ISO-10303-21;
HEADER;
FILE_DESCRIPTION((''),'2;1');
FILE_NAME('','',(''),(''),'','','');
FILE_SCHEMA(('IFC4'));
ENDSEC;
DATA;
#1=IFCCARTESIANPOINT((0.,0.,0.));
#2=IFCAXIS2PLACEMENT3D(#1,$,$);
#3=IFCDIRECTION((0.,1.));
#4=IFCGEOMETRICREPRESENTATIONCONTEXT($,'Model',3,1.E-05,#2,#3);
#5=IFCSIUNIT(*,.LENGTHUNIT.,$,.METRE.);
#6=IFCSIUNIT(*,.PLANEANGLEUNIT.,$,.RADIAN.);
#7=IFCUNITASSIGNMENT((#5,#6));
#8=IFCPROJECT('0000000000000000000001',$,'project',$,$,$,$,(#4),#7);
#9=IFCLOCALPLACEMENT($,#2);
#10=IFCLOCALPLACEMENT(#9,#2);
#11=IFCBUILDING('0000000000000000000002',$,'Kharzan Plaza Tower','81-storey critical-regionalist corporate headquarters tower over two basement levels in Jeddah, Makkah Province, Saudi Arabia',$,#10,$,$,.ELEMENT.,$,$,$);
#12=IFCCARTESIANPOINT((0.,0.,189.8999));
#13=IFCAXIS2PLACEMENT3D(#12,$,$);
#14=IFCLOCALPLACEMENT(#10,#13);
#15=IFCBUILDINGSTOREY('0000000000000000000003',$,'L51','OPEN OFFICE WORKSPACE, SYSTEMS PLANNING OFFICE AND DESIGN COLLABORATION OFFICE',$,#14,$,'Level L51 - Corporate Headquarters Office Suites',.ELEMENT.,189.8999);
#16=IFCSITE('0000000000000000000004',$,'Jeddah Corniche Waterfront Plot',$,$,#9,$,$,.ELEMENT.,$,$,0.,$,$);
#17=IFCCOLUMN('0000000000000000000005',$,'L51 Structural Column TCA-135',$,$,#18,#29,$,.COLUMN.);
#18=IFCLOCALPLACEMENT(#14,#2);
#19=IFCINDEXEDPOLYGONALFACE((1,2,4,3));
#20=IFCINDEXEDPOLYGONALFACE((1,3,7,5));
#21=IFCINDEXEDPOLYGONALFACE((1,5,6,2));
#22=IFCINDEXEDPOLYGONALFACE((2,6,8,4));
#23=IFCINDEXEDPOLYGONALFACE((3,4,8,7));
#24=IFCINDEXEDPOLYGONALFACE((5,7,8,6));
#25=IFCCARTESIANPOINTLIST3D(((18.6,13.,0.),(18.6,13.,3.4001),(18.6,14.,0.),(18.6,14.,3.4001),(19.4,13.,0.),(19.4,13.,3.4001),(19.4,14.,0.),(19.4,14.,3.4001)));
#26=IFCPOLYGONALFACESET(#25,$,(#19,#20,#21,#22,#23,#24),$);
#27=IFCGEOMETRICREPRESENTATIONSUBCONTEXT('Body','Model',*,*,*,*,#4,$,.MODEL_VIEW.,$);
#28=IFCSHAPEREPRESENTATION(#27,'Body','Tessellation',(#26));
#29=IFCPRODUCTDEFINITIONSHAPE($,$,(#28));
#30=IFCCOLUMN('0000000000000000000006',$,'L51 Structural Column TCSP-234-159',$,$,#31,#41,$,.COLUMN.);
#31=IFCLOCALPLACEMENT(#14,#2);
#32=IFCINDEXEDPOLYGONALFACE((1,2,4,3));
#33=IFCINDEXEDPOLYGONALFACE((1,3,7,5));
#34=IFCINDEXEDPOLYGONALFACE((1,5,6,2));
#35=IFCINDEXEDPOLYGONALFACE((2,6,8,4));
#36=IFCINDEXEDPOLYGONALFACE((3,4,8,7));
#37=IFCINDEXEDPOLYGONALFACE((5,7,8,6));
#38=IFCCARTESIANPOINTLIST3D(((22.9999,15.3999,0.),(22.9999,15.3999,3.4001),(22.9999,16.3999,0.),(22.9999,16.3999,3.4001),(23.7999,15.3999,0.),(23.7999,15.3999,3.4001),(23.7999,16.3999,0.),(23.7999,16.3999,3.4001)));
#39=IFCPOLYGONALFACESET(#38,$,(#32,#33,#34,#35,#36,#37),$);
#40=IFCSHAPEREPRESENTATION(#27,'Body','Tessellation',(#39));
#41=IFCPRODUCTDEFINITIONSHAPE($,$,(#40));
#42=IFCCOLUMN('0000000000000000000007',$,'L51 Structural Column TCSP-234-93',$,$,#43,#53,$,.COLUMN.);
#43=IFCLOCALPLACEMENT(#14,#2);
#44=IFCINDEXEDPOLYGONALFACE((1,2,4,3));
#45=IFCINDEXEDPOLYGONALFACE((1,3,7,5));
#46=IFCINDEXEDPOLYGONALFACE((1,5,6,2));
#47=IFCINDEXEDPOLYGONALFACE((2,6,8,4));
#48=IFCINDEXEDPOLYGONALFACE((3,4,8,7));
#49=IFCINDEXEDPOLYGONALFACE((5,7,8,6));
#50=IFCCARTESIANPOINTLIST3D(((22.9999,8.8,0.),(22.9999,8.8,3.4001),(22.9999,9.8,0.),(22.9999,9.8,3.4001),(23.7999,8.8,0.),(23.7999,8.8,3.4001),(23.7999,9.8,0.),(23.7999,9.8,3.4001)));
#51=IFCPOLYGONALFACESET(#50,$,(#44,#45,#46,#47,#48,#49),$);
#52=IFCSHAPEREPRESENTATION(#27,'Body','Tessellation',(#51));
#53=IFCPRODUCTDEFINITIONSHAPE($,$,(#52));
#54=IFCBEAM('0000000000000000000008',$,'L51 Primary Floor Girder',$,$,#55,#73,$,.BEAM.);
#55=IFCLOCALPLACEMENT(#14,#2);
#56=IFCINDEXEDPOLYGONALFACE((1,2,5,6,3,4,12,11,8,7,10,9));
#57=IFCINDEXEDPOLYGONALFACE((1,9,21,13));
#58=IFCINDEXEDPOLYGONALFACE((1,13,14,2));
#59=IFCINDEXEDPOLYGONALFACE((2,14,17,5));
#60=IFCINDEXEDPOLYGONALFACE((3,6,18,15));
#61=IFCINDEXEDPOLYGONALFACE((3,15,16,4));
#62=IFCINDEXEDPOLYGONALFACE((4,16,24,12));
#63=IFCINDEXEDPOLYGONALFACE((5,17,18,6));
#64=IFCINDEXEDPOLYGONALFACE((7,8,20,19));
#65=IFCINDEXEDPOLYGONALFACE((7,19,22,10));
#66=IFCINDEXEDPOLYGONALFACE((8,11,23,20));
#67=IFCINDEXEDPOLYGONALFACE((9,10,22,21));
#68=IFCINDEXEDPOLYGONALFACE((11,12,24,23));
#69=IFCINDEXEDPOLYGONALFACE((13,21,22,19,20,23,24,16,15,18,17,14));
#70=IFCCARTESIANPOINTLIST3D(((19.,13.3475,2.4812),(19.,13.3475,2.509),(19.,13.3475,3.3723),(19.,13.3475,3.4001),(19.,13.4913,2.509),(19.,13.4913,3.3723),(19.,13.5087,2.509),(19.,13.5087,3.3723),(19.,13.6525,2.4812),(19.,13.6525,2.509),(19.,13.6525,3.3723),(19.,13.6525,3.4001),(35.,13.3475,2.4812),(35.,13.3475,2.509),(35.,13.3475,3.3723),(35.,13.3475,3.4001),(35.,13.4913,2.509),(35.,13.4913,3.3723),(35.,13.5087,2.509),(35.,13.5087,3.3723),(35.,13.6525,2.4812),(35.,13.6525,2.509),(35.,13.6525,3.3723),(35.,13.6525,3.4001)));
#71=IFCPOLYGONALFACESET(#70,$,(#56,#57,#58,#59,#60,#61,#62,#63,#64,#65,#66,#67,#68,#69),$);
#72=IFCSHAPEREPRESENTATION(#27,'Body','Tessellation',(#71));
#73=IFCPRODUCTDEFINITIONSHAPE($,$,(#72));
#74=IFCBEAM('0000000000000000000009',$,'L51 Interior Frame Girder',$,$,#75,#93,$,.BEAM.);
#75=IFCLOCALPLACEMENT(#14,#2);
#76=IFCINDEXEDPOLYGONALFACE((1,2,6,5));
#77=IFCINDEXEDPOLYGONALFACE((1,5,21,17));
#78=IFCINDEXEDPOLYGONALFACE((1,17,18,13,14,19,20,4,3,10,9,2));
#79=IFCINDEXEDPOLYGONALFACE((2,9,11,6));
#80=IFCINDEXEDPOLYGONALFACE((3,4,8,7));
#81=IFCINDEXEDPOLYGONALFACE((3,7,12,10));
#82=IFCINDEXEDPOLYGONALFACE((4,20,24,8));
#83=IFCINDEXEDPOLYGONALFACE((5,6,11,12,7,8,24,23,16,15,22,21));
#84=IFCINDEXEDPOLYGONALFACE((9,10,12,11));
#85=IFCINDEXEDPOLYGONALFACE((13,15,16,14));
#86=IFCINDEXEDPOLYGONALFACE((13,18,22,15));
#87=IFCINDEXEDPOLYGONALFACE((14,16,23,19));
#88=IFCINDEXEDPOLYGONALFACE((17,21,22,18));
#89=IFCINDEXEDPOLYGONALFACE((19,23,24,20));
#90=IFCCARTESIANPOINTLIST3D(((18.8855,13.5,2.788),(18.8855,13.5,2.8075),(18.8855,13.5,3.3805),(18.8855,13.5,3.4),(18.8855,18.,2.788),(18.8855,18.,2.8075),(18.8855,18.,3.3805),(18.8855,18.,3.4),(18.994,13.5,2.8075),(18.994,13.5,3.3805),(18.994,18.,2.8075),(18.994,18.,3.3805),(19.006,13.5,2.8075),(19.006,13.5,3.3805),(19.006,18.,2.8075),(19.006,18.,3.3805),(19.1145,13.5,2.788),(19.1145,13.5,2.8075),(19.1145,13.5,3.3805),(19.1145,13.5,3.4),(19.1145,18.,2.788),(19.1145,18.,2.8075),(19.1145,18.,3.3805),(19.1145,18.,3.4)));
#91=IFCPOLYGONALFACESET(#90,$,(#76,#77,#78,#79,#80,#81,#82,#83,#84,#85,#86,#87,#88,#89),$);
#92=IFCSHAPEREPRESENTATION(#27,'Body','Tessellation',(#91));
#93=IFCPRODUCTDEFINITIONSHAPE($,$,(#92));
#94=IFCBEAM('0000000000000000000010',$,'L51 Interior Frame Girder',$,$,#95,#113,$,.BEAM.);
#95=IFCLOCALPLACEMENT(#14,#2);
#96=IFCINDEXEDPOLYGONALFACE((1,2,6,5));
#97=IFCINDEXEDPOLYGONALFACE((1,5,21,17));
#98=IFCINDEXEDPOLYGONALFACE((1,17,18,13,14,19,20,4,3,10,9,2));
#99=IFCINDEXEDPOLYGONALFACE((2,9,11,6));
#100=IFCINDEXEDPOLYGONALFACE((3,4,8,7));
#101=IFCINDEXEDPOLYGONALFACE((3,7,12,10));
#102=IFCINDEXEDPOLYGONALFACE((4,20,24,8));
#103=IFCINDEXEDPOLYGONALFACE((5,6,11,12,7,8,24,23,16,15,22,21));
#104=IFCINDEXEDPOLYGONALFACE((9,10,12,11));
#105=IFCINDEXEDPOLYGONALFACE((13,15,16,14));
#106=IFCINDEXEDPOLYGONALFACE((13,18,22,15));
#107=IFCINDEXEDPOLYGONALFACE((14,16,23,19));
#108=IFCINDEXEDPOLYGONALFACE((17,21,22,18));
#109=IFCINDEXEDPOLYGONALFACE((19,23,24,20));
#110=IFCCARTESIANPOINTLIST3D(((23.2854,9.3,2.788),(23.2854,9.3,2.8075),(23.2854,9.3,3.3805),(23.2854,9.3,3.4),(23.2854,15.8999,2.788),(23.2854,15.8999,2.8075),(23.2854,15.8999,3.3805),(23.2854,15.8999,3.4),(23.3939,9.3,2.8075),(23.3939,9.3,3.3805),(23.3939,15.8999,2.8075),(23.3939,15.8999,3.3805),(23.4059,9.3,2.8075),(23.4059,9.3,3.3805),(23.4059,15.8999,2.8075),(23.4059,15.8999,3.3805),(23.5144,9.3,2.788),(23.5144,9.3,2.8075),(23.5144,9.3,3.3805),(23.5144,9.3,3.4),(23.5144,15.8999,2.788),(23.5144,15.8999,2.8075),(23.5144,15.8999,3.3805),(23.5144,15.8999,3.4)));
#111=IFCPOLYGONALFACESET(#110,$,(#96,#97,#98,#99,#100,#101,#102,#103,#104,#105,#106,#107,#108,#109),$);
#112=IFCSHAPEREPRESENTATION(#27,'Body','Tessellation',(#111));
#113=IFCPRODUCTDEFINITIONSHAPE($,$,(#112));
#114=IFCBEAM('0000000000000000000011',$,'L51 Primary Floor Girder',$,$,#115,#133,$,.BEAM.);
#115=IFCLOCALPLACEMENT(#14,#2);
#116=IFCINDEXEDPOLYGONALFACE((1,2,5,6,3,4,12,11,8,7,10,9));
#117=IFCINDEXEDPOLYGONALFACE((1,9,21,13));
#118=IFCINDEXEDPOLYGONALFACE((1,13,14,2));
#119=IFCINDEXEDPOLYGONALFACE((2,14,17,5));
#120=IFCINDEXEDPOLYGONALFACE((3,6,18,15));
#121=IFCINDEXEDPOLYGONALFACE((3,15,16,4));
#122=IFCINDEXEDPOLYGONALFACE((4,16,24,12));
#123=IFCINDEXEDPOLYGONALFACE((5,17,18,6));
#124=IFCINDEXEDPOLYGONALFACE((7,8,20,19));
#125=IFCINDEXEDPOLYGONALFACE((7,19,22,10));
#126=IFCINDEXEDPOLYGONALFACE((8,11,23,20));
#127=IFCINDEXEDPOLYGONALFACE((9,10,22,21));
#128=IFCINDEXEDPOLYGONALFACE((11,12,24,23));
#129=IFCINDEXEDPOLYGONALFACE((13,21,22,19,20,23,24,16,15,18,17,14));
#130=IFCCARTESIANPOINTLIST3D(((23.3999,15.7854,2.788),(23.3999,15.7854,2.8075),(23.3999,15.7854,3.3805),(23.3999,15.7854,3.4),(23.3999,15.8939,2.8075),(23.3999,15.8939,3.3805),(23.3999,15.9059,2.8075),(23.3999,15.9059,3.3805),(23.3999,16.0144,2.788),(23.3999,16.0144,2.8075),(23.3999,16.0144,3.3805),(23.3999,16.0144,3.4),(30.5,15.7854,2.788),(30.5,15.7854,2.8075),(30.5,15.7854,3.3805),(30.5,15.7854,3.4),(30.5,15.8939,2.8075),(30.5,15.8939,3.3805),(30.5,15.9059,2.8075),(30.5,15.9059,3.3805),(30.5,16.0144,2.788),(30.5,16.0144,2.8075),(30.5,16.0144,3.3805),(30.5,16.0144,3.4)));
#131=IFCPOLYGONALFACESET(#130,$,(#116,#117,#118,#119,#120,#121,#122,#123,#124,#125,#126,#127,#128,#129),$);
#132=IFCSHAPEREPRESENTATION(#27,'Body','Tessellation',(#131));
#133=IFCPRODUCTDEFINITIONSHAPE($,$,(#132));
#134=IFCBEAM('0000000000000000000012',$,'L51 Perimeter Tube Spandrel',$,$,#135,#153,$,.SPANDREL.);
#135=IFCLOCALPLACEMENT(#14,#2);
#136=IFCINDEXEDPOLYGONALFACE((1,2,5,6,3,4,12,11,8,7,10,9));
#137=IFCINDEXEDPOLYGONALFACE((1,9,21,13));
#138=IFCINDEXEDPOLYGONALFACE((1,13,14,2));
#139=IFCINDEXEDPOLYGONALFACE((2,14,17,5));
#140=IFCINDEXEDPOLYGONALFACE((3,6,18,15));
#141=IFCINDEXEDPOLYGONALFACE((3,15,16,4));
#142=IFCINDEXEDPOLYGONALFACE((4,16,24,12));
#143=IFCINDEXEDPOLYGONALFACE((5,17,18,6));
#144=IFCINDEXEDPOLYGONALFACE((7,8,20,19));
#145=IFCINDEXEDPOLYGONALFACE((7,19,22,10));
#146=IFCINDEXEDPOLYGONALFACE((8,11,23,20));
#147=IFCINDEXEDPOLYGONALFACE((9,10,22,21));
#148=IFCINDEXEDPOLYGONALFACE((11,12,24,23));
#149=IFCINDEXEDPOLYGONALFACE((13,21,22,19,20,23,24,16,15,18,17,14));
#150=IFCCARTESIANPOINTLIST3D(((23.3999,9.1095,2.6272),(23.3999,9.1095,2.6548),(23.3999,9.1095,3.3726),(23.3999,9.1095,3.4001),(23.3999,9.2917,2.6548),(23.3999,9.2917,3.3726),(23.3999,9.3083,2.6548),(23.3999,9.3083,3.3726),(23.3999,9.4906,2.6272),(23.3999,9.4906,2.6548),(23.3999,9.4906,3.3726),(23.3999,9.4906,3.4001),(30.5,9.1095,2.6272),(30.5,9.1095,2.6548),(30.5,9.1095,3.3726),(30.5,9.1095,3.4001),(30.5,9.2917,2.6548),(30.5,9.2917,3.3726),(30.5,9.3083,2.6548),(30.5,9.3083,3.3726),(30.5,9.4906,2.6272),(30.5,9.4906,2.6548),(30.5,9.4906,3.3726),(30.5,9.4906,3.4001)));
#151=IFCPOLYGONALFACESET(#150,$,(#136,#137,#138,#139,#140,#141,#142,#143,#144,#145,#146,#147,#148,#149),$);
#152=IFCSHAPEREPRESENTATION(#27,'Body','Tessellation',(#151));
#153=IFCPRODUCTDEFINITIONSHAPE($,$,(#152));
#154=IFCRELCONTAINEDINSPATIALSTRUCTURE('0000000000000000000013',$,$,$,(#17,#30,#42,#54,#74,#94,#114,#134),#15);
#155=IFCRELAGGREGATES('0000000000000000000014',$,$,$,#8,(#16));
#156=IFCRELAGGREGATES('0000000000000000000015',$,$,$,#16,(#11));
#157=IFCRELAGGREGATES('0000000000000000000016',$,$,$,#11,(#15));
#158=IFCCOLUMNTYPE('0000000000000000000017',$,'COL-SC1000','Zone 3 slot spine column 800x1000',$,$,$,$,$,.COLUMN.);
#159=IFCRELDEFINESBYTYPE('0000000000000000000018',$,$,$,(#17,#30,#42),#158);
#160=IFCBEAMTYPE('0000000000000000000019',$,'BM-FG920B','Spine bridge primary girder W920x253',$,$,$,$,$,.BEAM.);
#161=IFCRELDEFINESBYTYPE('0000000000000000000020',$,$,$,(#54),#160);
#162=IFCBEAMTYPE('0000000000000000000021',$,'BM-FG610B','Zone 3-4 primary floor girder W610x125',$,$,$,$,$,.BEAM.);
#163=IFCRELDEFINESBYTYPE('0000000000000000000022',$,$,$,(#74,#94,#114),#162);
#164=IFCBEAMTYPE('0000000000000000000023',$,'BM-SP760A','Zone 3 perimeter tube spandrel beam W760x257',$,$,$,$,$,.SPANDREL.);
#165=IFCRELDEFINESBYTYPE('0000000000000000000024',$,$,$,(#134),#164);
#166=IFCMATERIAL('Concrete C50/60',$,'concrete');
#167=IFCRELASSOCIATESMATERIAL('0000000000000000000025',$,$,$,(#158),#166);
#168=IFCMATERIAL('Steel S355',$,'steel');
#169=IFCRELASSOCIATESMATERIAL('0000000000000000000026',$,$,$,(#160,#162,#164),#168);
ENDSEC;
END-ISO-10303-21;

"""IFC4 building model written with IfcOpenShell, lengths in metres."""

from ifc_helpers import new_model, si_unit, direction, frame, origin, origin_2d, place, context, subcontext, project, spatial, rectangle, i_section, extrude, source, transform, mapped, material, material_profile, profile_set, type_object, element, save


model = new_model("IFC4")

# Units and contexts
model_context = context("Model", 3, precision=1e-05, world=origin(), true_north=direction((0.0, 1.0)))
body_context = subcontext(model_context, "Body", "Model", "MODEL_VIEW")
ifc_project = project(units=[si_unit("LENGTHUNIT", "METRE"), si_unit("PLANEANGLEUNIT", "RADIAN")], contexts=[model_context])

# Site, building, storey
site_placement = place(None, origin())
site = spatial("IfcSite", under=ifc_project, at=site_placement, Name="Jeddah Corniche Waterfront Plot", CompositionType="ELEMENT", RefElevation=0.0)
building_placement = place(site_placement, origin())
building = spatial("IfcBuilding", under=site, at=building_placement, Name="Kharzan Plaza Tower", Description="81-storey critical-regionalist corporate headquarters tower over two basement levels in Jeddah, Makkah Province, Saudi Arabia", CompositionType="ELEMENT")
storey_placement = place(building_placement, frame((0.0, 0.0, 189.8999)))
storey = spatial("IfcBuildingStorey", under=building, at=storey_placement, Name="L51", Description="OPEN OFFICE WORKSPACE, SYSTEMS PLANNING OFFICE AND DESIGN COLLABORATION OFFICE", LongName="Level L51 - Corporate Headquarters Office Suites", CompositionType="ELEMENT", Elevation=189.8999)

# Columns
ifc_material_1 = material(Name="Concrete C50/60", Category="concrete")
ifc_material_profile_1 = material_profile(ifc_material_1, rectangle(XDim=0.8, YDim=1.0, at=origin_2d()), Name="RC-SC1000x800")
ifc_profile_set_1 = profile_set([ifc_material_profile_1], Name="Concrete C50/60")
column_type = type_object("IfcColumnType", Name="COL-SC1000", Description="Zone 3 slot spine column 800x1000", PredefinedType="COLUMN", material=ifc_profile_set_1)
shared_shape_1 = source(origin(), body_context, "Body", "SweptSolid", [
    extrude(rectangle(XDim=0.8, YDim=1.0, at=origin_2d()), origin(), (0.0, 0.0, 1.0), 3.4001),
])
for number, where, z_axis, x_axis, name in (
    (1, (19.0, 13.5, 0.0), (0.0, 0.0, 1.0), (1.0, 0.0, 0.0), "L51 Structural Column TCA-135"),
    (2, (23.3999, 15.8999, 0.0), (0.0, 0.0, 1.0), (1.0, 0.0, 0.0), "L51 Structural Column TCSP-234-159"),
    (3, (23.3999, 9.3, 0.0), (0.0, 0.0, 1.0), (1.0, 0.0, 0.0), "L51 Structural Column TCSP-234-93"),
):
    element("IfcColumn", number, at=place(storey_placement, frame(where, z_axis=z_axis, x_axis=x_axis)), inside=storey, type_object=column_type, Name=name, PredefinedType="COLUMN", context=body_context, shape_type="MappedRepresentation", body=[
        mapped(shared_shape_1, transform((0.0, 0.0, 0.0), x_axis=(1.0, 0.0, 0.0), y_axis=(0.0, 1.0, 0.0), z_axis=(0.0, 0.0, 1.0))),
    ])

# Beams
ifc_material_2 = material(Name="Steel S355", Category="steel")
ifc_material_profile_2 = material_profile(ifc_material_2, i_section(OverallWidth=0.3049, OverallDepth=0.9189, WebThickness=0.0173, FlangeThickness=0.0278, at=origin_2d()), Name="W920x253")
ifc_profile_set_2 = profile_set([ifc_material_profile_2], Name="Steel S355")
beam_type_1 = type_object("IfcBeamType", Name="BM-FG920B", Description="Spine bridge primary girder W920x253", PredefinedType="BEAM", material=ifc_profile_set_2)
shared_shape_2 = source(origin(), body_context, "Body", "SweptSolid", [
    extrude(i_section(OverallWidth=0.3049, OverallDepth=0.9189, WebThickness=0.0173, FlangeThickness=0.0278, at=origin_2d()), origin(), (0.0, 0.0, 1.0), 16.0),
])
beam_1_placement = place(storey_placement, frame((19.0, 13.5, 2.9407), z_axis=(1.0, 0.0, 0.0), x_axis=(0.0, 1.0, 0.0)))
element("IfcBeam", 4, at=beam_1_placement, inside=storey, type_object=beam_type_1, Name="L51 Primary Floor Girder", PredefinedType="BEAM", context=body_context, shape_type="MappedRepresentation", body=[
    mapped(shared_shape_2, transform((0.0, 0.0, 0.0), x_axis=(1.0, 0.0, 0.0), y_axis=(0.0, 1.0, 0.0), z_axis=(0.0, 0.0, 1.0))),
])
ifc_material_profile_3 = material_profile(ifc_material_2, i_section(OverallWidth=0.229, OverallDepth=0.6121, WebThickness=0.012, FlangeThickness=0.0195, at=origin_2d()), Name="W610x125")
ifc_profile_set_3 = profile_set([ifc_material_profile_3], Name="Steel S355")
beam_type_2 = type_object("IfcBeamType", Name="BM-FG610B", Description="Zone 3-4 primary floor girder W610x125", PredefinedType="BEAM", material=ifc_profile_set_3)
shared_shape_3 = source(origin(), body_context, "Body", "SweptSolid", [
    extrude(i_section(OverallWidth=0.229, OverallDepth=0.6121, WebThickness=0.012, FlangeThickness=0.0195, at=origin_2d()), origin(), (0.0, 0.0, 1.0), 4.5),
])
beam_2_placement = place(storey_placement, frame((19.0, 13.5, 3.094), z_axis=(0.0, 1.0, 0.0), x_axis=(-1.0, 0.0, 0.0)))
element("IfcBeam", 5, at=beam_2_placement, inside=storey, type_object=beam_type_2, Name="L51 Interior Frame Girder", PredefinedType="BEAM", context=body_context, shape_type="MappedRepresentation", body=[
    mapped(shared_shape_3, transform((0.0, 0.0, 0.0), x_axis=(1.0, 0.0, 0.0), y_axis=(0.0, 1.0, 0.0), z_axis=(0.0, 0.0, 1.0))),
])
shared_shape_4 = source(origin(), body_context, "Body", "SweptSolid", [
    extrude(i_section(OverallWidth=0.229, OverallDepth=0.6121, WebThickness=0.012, FlangeThickness=0.0195, at=origin_2d()), origin(), (0.0, 0.0, 1.0), 6.5999),
])
beam_3_placement = place(storey_placement, frame((23.3999, 9.3, 3.094), z_axis=(0.0, 1.0, 0.0), x_axis=(-1.0, 0.0, 0.0)))
element("IfcBeam", 6, at=beam_3_placement, inside=storey, type_object=beam_type_2, Name="L51 Interior Frame Girder", PredefinedType="BEAM", context=body_context, shape_type="MappedRepresentation", body=[
    mapped(shared_shape_4, transform((0.0, 0.0, 0.0), x_axis=(1.0, 0.0, 0.0), y_axis=(0.0, 1.0, 0.0), z_axis=(0.0, 0.0, 1.0))),
])
shared_shape_5 = source(origin(), body_context, "Body", "SweptSolid", [
    extrude(i_section(OverallWidth=0.229, OverallDepth=0.6121, WebThickness=0.012, FlangeThickness=0.0195, at=origin_2d()), origin(), (0.0, 0.0, 1.0), 7.1001),
])
beam_4_placement = place(storey_placement, frame((23.3999, 15.8999, 3.094), z_axis=(1.0, 0.0, 0.0), x_axis=(0.0, 1.0, 0.0)))
element("IfcBeam", 7, at=beam_4_placement, inside=storey, type_object=beam_type_2, Name="L51 Primary Floor Girder", PredefinedType="BEAM", context=body_context, shape_type="MappedRepresentation", body=[
    mapped(shared_shape_5, transform((0.0, 0.0, 0.0), x_axis=(1.0, 0.0, 0.0), y_axis=(0.0, 1.0, 0.0), z_axis=(0.0, 0.0, 1.0))),
])
ifc_material_profile_4 = material_profile(ifc_material_2, i_section(OverallWidth=0.3811, OverallDepth=0.7729, WebThickness=0.0166, FlangeThickness=0.0276, at=origin_2d()), Name="W760x257")
ifc_profile_set_4 = profile_set([ifc_material_profile_4], Name="Steel S355")
beam_type_3 = type_object("IfcBeamType", Name="BM-SP760A", Description="Zone 3 perimeter tube spandrel beam W760x257", PredefinedType="SPANDREL", material=ifc_profile_set_4)
shared_shape_6 = source(origin(), body_context, "Body", "SweptSolid", [
    extrude(i_section(OverallWidth=0.3811, OverallDepth=0.7729, WebThickness=0.0166, FlangeThickness=0.0276, at=origin_2d()), origin(), (0.0, 0.0, 1.0), 7.1001),
])
beam_5_placement = place(storey_placement, frame((23.3999, 9.3, 3.0137), z_axis=(1.0, 0.0, 0.0), x_axis=(0.0, 1.0, 0.0)))
element("IfcBeam", 8, at=beam_5_placement, inside=storey, type_object=beam_type_3, Name="L51 Perimeter Tube Spandrel", PredefinedType="SPANDREL", context=body_context, shape_type="MappedRepresentation", body=[
    mapped(shared_shape_6, transform((0.0, 0.0, 0.0), x_axis=(1.0, 0.0, 0.0), y_axis=(0.0, 1.0, 0.0), z_axis=(0.0, 0.0, 1.0))),
])

save(model, "model.ifc")
